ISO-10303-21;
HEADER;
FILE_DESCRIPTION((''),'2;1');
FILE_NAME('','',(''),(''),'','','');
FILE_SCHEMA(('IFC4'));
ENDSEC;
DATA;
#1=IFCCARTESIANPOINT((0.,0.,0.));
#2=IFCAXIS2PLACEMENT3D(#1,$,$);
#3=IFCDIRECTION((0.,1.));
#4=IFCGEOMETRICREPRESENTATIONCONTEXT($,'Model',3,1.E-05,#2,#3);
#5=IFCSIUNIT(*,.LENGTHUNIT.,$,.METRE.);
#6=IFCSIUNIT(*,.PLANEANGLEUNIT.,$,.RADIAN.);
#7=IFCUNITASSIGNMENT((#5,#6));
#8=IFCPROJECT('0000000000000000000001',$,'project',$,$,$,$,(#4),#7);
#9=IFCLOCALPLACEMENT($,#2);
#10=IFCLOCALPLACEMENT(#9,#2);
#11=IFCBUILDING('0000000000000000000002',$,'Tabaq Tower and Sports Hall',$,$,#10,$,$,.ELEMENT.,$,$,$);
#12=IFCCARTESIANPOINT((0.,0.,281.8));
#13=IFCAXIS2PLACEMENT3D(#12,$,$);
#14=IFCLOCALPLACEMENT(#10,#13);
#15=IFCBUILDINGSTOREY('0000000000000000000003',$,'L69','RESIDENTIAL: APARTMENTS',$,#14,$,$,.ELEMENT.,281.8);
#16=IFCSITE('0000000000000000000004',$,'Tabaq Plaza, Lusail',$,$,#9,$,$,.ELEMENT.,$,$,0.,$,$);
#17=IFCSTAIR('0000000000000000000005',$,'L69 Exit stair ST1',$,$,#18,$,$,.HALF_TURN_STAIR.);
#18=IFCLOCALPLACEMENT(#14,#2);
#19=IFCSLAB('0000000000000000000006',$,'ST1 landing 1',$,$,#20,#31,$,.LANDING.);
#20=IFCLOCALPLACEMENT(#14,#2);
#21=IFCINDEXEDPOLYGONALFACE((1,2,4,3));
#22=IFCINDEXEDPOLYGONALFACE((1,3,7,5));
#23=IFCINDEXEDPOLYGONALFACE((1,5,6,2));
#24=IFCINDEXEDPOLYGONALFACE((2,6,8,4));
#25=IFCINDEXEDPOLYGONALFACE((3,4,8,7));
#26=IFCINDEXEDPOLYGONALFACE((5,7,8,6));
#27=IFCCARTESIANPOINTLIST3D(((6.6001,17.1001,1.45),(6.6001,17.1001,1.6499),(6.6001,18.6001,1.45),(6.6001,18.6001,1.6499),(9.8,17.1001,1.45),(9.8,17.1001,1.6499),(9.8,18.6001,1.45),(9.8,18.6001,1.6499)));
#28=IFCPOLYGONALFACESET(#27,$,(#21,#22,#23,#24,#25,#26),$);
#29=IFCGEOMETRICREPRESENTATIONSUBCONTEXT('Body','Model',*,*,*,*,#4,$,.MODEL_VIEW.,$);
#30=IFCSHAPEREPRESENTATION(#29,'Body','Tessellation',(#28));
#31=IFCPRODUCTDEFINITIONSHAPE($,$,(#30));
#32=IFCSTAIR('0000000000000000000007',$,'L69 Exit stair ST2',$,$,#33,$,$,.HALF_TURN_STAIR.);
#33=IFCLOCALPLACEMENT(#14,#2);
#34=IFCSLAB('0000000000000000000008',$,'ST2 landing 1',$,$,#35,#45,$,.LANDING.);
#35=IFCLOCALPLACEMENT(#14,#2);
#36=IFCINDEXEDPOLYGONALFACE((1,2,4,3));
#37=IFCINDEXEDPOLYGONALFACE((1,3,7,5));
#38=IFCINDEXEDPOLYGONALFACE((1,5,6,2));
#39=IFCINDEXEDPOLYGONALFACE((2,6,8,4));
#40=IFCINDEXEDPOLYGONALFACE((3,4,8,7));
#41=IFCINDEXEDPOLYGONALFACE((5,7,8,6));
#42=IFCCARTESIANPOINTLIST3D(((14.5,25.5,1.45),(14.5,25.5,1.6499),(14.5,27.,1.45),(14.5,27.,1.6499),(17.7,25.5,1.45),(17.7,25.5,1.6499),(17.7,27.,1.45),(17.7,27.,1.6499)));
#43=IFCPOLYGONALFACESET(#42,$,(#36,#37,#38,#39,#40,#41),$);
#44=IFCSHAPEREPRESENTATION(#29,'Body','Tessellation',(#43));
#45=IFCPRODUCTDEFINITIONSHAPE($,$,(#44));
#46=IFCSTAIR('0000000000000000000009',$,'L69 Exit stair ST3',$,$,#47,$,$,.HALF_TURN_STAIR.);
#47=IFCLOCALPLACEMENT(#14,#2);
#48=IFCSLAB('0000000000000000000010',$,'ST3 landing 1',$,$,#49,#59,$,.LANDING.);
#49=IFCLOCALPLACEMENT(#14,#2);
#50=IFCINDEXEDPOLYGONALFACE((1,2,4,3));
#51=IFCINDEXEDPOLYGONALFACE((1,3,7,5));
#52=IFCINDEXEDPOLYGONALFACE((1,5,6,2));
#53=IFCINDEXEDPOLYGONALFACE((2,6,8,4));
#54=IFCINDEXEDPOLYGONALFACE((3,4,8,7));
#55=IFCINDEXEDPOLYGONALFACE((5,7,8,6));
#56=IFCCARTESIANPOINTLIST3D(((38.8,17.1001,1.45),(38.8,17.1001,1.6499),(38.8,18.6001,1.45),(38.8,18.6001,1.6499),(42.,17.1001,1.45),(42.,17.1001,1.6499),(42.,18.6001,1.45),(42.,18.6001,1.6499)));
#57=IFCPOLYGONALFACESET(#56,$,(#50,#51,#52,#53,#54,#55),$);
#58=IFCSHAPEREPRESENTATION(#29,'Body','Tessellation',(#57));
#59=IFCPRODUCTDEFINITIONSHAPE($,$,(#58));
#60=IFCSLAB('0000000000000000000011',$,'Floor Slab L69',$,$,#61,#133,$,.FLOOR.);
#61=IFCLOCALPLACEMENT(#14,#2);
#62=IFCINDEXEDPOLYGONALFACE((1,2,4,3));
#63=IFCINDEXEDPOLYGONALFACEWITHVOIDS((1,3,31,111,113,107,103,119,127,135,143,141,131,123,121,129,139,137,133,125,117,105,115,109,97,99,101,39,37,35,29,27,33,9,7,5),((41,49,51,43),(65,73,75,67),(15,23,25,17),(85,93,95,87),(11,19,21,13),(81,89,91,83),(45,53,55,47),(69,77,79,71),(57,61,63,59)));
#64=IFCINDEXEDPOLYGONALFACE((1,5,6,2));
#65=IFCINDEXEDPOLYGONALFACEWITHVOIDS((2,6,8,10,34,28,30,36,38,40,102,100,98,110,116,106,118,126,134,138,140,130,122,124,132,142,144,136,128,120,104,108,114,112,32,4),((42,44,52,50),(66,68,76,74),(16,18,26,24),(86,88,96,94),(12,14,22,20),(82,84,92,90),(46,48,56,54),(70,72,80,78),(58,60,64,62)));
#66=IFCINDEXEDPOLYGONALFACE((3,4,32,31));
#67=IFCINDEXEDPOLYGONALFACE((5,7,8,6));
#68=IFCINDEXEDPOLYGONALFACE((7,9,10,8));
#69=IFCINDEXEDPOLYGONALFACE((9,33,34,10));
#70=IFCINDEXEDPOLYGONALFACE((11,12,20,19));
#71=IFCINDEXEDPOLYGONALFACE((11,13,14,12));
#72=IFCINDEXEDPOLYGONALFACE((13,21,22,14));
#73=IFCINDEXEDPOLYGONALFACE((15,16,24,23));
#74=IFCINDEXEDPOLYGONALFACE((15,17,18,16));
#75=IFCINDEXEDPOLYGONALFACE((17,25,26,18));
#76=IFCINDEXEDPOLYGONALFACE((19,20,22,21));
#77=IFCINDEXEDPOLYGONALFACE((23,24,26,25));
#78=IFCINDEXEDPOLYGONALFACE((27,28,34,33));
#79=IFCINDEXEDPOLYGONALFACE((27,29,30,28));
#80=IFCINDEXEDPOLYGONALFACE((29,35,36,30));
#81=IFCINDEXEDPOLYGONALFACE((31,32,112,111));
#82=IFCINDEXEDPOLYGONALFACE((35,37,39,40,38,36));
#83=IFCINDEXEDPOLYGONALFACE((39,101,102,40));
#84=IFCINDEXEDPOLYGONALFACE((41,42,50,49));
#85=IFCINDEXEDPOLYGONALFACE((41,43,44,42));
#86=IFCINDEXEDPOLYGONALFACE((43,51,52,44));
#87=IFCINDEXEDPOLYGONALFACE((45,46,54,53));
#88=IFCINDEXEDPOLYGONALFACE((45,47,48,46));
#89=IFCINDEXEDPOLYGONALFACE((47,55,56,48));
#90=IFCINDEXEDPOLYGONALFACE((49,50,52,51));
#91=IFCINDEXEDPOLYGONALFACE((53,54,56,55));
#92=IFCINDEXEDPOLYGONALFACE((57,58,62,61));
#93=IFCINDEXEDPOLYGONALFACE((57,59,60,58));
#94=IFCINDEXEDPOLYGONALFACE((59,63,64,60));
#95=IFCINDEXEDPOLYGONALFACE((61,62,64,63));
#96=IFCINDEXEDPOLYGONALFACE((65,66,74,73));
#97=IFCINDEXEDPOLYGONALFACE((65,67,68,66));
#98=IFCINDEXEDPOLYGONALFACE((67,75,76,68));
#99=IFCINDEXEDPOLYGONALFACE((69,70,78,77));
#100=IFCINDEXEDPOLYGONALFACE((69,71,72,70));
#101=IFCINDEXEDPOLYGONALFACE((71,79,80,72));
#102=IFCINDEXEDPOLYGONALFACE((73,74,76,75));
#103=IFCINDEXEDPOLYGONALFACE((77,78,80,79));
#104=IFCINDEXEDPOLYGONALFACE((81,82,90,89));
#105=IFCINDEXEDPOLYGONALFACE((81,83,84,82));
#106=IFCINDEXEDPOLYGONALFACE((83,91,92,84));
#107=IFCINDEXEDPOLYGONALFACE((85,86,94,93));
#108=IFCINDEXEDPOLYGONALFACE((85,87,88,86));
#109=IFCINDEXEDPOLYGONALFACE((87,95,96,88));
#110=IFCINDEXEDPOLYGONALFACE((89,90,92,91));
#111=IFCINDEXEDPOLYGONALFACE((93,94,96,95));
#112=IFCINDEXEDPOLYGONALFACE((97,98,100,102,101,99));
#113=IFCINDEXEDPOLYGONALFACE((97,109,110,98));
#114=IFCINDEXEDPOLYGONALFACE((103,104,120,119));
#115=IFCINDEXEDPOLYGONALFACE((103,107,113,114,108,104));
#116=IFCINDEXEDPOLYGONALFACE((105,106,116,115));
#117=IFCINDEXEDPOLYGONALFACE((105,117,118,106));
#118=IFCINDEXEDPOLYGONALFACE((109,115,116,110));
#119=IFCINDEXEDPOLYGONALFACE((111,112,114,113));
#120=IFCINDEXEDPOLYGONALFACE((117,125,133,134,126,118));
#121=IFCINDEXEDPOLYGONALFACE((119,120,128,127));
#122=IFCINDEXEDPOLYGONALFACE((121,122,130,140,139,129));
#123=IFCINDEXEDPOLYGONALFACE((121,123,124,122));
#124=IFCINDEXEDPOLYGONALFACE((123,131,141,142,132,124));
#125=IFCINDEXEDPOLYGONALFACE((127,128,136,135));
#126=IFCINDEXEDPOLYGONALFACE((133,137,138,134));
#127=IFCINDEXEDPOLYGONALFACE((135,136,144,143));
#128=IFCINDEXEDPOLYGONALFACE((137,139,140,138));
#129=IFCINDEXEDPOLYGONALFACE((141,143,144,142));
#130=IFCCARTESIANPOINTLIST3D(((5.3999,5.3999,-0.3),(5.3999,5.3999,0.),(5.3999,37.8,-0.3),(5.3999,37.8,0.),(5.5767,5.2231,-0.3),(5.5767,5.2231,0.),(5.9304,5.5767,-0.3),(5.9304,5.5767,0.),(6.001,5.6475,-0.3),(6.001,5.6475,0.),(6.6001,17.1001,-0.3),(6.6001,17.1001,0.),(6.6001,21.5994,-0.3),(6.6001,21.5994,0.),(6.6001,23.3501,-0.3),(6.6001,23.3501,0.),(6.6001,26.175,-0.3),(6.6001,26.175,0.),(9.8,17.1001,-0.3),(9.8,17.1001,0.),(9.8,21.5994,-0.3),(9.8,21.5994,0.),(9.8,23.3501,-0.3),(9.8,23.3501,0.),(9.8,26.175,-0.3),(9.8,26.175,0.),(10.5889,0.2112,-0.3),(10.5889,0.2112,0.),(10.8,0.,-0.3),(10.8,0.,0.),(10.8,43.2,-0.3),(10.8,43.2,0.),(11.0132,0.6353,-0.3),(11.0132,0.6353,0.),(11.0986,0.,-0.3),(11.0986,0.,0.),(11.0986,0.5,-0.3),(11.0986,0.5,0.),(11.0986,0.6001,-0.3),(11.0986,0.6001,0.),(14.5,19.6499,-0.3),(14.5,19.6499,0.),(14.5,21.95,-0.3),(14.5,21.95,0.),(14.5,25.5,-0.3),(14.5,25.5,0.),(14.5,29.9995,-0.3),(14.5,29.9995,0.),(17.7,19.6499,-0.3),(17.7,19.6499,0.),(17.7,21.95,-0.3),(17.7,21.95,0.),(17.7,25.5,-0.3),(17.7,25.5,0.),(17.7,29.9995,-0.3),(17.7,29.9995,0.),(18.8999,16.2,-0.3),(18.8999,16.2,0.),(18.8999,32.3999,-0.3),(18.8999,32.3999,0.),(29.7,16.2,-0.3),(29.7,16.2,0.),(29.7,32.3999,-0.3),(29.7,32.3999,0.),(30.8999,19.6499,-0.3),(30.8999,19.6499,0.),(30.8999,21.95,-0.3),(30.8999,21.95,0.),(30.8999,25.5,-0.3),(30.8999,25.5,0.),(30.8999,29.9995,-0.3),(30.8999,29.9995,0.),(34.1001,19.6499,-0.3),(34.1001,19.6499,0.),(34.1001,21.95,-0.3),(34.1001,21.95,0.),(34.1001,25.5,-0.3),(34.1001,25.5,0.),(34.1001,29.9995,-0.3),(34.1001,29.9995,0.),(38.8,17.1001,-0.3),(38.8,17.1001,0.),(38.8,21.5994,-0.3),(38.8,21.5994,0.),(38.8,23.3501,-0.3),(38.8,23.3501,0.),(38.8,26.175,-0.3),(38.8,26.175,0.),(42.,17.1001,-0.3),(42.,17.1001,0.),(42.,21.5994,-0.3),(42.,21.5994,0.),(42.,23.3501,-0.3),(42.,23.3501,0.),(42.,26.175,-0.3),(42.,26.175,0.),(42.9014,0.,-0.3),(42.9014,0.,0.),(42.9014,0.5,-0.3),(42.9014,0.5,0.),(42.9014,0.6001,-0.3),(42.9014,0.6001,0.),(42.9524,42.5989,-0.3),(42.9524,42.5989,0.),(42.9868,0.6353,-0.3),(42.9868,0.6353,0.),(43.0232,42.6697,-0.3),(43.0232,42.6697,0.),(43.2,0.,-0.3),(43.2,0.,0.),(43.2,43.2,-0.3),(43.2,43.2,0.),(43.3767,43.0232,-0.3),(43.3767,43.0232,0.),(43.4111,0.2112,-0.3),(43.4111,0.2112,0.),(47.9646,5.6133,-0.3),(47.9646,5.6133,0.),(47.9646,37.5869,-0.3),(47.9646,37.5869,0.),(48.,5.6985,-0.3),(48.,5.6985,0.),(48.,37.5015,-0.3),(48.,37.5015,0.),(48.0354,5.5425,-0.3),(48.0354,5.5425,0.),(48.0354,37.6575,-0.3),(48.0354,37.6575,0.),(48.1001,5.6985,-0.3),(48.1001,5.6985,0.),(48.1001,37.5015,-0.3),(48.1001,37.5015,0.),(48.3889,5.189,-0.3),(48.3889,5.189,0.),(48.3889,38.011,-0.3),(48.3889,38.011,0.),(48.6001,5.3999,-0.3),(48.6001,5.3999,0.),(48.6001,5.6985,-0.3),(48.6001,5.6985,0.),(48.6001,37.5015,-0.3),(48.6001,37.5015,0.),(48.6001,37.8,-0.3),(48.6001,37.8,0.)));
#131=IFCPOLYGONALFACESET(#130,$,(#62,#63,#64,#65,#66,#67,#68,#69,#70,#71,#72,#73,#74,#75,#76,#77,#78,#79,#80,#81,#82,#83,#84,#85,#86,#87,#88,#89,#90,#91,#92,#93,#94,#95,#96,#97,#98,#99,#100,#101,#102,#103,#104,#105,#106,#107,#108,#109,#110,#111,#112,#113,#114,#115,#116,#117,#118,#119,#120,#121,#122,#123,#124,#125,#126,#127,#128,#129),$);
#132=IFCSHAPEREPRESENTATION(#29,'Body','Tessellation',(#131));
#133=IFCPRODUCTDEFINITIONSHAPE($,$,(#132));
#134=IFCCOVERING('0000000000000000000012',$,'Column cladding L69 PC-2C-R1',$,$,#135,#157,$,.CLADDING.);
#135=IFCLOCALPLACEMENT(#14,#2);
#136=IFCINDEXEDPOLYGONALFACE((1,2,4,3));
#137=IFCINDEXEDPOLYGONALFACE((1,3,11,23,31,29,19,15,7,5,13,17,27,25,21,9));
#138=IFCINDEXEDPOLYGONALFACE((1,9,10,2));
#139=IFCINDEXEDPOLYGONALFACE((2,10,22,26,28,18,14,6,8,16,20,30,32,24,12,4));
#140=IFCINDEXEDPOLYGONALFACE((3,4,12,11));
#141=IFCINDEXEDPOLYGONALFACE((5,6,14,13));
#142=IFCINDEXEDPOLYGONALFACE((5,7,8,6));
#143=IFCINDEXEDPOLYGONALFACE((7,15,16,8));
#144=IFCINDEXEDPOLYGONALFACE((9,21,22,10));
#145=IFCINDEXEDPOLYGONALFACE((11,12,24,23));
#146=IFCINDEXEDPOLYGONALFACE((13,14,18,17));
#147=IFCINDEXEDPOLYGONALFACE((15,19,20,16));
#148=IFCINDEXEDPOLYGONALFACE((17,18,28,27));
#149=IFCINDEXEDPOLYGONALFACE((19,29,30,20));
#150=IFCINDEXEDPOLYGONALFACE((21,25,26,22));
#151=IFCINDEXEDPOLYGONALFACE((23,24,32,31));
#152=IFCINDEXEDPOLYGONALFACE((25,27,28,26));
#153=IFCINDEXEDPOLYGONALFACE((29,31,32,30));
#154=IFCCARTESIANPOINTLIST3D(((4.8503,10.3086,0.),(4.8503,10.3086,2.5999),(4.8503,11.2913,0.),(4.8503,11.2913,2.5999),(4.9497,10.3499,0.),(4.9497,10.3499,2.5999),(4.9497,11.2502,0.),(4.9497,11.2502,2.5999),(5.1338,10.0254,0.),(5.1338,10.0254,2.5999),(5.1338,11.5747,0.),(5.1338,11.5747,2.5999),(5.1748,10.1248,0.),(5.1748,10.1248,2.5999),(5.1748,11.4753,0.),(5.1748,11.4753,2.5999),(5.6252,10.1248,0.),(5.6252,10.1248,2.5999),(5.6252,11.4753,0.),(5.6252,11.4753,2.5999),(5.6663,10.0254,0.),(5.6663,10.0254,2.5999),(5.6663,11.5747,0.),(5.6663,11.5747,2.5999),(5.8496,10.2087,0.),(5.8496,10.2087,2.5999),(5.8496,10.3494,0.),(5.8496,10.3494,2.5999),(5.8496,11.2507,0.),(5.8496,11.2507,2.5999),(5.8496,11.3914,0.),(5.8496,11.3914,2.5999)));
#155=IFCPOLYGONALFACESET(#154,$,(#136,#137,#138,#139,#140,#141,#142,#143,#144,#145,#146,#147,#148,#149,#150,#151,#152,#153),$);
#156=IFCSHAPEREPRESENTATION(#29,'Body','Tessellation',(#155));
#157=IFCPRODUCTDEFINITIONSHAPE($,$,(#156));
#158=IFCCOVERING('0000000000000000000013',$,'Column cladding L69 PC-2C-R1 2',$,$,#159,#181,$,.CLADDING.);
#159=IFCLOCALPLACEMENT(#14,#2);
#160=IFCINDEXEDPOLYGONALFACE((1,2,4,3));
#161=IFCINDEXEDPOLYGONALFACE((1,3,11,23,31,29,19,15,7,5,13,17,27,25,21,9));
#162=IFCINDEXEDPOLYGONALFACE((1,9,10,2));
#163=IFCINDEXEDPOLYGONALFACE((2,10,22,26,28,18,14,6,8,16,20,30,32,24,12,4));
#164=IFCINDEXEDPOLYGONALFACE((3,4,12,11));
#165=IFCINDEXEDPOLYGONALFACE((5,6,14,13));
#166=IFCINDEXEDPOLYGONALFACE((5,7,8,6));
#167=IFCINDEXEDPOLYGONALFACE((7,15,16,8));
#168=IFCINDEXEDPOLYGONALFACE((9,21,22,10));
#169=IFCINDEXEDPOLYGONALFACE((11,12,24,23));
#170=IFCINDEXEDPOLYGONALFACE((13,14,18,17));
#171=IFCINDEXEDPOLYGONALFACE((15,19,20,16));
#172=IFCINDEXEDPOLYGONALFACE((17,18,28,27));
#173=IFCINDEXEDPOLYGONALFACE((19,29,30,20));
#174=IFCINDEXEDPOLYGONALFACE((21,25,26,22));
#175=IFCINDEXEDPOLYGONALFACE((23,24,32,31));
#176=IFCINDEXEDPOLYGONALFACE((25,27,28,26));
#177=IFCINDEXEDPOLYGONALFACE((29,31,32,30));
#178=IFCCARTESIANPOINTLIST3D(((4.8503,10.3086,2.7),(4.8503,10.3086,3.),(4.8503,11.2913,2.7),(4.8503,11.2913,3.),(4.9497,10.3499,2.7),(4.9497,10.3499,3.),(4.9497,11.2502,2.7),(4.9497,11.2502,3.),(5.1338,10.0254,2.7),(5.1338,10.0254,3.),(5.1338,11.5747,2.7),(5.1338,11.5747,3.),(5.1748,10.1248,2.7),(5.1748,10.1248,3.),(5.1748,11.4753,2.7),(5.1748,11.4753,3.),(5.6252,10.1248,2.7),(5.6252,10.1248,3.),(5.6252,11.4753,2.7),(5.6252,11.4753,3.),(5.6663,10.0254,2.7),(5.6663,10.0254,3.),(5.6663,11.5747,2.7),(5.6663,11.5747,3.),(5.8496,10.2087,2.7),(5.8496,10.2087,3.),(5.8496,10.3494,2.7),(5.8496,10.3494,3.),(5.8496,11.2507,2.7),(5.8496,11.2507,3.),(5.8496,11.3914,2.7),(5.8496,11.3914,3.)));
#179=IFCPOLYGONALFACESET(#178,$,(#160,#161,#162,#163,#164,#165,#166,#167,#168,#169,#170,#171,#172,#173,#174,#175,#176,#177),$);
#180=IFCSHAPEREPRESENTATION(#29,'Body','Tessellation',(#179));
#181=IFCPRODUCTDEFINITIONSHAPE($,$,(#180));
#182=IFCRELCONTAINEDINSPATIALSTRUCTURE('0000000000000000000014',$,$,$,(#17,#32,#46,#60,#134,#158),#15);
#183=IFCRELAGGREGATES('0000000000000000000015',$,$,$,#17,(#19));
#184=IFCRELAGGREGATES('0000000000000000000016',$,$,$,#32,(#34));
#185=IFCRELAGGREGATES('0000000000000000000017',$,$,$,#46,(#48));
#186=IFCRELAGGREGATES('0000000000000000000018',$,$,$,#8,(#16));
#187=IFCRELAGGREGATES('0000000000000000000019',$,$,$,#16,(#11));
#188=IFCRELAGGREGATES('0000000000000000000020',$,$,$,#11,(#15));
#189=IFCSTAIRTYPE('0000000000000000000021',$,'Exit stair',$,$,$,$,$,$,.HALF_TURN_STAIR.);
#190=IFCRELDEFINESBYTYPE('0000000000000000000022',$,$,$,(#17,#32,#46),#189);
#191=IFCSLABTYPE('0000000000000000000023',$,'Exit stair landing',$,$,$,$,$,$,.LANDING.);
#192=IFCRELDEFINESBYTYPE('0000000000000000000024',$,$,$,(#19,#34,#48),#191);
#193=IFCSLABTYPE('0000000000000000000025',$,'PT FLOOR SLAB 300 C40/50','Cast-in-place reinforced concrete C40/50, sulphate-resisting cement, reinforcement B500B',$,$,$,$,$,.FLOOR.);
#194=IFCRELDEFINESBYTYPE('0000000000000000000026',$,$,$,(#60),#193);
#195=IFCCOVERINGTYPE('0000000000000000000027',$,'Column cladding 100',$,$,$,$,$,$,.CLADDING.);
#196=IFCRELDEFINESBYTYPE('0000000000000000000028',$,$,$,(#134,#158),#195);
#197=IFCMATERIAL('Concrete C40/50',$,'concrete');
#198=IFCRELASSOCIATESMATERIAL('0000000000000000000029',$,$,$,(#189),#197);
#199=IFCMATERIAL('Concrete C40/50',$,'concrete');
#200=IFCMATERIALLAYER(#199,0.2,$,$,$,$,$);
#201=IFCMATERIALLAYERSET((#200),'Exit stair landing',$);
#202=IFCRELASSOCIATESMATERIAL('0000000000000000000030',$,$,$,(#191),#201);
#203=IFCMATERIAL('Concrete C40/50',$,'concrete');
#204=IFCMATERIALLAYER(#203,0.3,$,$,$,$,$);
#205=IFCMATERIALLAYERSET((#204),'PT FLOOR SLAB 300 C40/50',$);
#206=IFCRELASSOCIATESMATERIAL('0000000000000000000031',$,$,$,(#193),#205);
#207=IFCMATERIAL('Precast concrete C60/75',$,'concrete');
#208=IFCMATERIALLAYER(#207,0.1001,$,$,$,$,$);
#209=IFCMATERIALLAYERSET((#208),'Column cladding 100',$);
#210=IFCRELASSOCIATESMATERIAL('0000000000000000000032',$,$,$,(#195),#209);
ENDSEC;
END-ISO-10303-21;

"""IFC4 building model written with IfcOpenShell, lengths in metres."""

from ifc_helpers import new_model, si_unit, direction, frame, origin, place, context, subcontext, project, spatial, polyline, outline, extrude, material, layer, layer_set, type_object, element, aggregate, save


model = new_model("IFC4")

# Units and contexts
model_context = context("Model", 3, precision=1e-05, world=origin(), true_north=direction((0.0, 1.0)))
body_context = subcontext(model_context, "Body", "Model", "MODEL_VIEW")
ifc_project = project(units=[si_unit("LENGTHUNIT", "METRE"), si_unit("PLANEANGLEUNIT", "RADIAN")], contexts=[model_context])

# Site, building, storey
site_placement = place(None, origin())
site = spatial("IfcSite", under=ifc_project, at=site_placement, Name="Tabaq Plaza, Lusail", CompositionType="ELEMENT", RefElevation=0.0)
building_placement = place(site_placement, origin())
building = spatial("IfcBuilding", under=site, at=building_placement, Name="Tabaq Tower and Sports Hall", CompositionType="ELEMENT")
storey_placement = place(building_placement, frame((0.0, 0.0, 281.8)))
storey = spatial("IfcBuildingStorey", under=building, at=storey_placement, Name="L69", Description="RESIDENTIAL: APARTMENTS", CompositionType="ELEMENT", Elevation=281.8)

# Stairs, slabs
ifc_material_1 = material(Name="Concrete C40/50", Category="concrete")
stair_type = type_object("IfcStairType", Name="Exit stair", PredefinedType="HALF_TURN_STAIR", material=ifc_material_1)
stair_1_placement = place(storey_placement, origin())
stair_1 = element("IfcStair", 1, at=stair_1_placement, inside=storey, type_object=stair_type, Name="L69 Exit stair ST1", PredefinedType="HALF_TURN_STAIR")
ifc_material_2 = material(Name="Concrete C40/50", Category="concrete")
ifc_layer_1 = layer(ifc_material_2, 0.2)
ifc_layer_set_1 = layer_set([ifc_layer_1], Name="Exit stair landing")
slab_type_1 = type_object("IfcSlabType", Name="Exit stair landing", PredefinedType="LANDING", material=ifc_layer_set_1)
slab_1_placement = place(storey_placement, frame((0.0, 0.0, 1.45)))
slab_1 = element("IfcSlab", 2, at=slab_1_placement, type_object=slab_type_1, Name="ST1 landing 1", PredefinedType="LANDING", context=body_context, shape_type="SweptSolid", body=[
    extrude(outline(polyline([(6.6001, 18.6001), (6.6001, 17.1001), (9.8, 17.1001), (9.8, 18.6001), (6.6001, 18.6001)])), origin(), (0.0, 0.0, 1.0), 0.2),
])
aggregate(stair_1, [slab_1])
stair_2_placement = place(storey_placement, origin())
stair_2 = element("IfcStair", 3, at=stair_2_placement, inside=storey, type_object=stair_type, Name="L69 Exit stair ST2", PredefinedType="HALF_TURN_STAIR")
slab_2_placement = place(storey_placement, frame((0.0, 0.0, 1.45)))
slab_2 = element("IfcSlab", 4, at=slab_2_placement, type_object=slab_type_1, Name="ST2 landing 1", PredefinedType="LANDING", context=body_context, shape_type="SweptSolid", body=[
    extrude(outline(polyline([(14.5, 27.0), (14.5, 25.5), (17.7, 25.5), (17.7, 27.0), (14.5, 27.0)])), origin(), (0.0, 0.0, 1.0), 0.2),
])
aggregate(stair_2, [slab_2])
stair_3_placement = place(storey_placement, origin())
stair_3 = element("IfcStair", 5, at=stair_3_placement, inside=storey, type_object=stair_type, Name="L69 Exit stair ST3", PredefinedType="HALF_TURN_STAIR")
slab_3_placement = place(storey_placement, frame((0.0, 0.0, 1.45)))
slab_3 = element("IfcSlab", 6, at=slab_3_placement, type_object=slab_type_1, Name="ST3 landing 1", PredefinedType="LANDING", context=body_context, shape_type="SweptSolid", body=[
    extrude(outline(polyline([(38.8, 18.6001), (38.8, 17.1001), (42.0, 17.1001), (42.0, 18.6001), (38.8, 18.6001)])), origin(), (0.0, 0.0, 1.0), 0.2),
])
aggregate(stair_3, [slab_3])

# Slab
ifc_material_3 = material(Name="Concrete C40/50", Category="concrete")
ifc_layer_2 = layer(ifc_material_3, 0.3)
ifc_layer_set_2 = layer_set([ifc_layer_2], Name="PT FLOOR SLAB 300 C40/50")
slab_type_2 = type_object("IfcSlabType", Name="PT FLOOR SLAB 300 C40/50", Description="Cast-in-place reinforced concrete C40/50, sulphate-resisting cement, reinforcement B500B", PredefinedType="FLOOR", material=ifc_layer_set_2)
slab_4_placement = place(storey_placement, frame((0.0, 0.0, -0.3)))
element("IfcSlab", 7, at=slab_4_placement, inside=storey, type_object=slab_type_2, Name="Floor Slab L69", PredefinedType="FLOOR", context=body_context, shape_type="SweptSolid", body=[
    extrude(outline(polyline([(5.3999, 37.8), (5.3999, 5.3999), (5.5767, 5.2231), (5.9304, 5.5767), (6.001, 5.6475), (11.0132, 0.6353), (10.5889, 0.2112), (10.8, 0.0), (11.0986, 0.0), (11.0986, 0.5), (11.0986, 0.6001), (42.9014, 0.6001), (42.9014, 0.5), (42.9014, 0.0), (43.2, 0.0), (43.4111, 0.2112), (42.9868, 0.6353), (47.9646, 5.6133), (48.0354, 5.5425), (48.3889, 5.189), (48.6001, 5.3999), (48.6001, 5.6985), (48.1001, 5.6985), (48.0, 5.6985), (48.0, 37.5015), (48.1001, 37.5015), (48.6001, 37.5015), (48.6001, 37.8), (48.3889, 38.011), (48.0354, 37.6575), (47.9646, 37.5869), (42.9524, 42.5989), (43.0232, 42.6697), (43.3767, 43.0232), (43.2, 43.2), (10.8, 43.2), (5.3999, 37.8)]), holes=[polyline([(6.6001, 21.5994), (9.8, 21.5994), (9.8, 17.1001), (6.6001, 17.1001), (6.6001, 21.5994)]), polyline([(38.8, 21.5994), (42.0, 21.5994), (42.0, 17.1001), (38.8, 17.1001), (38.8, 21.5994)]), polyline([(14.5, 21.95), (17.7, 21.95), (17.7, 19.6499), (14.5, 19.6499), (14.5, 21.95)]), polyline([(30.8999, 21.95), (34.1001, 21.95), (34.1001, 19.6499), (30.8999, 19.6499), (30.8999, 21.95)]), polyline([(18.8999, 16.2), (18.8999, 32.3999), (29.7, 32.3999), (29.7, 16.2), (18.8999, 16.2)]), polyline([(6.6001, 26.175), (9.8, 26.175), (9.8, 23.3501), (6.6001, 23.3501), (6.6001, 26.175)]), polyline([(38.8, 26.175), (42.0, 26.175), (42.0, 23.3501), (38.8, 23.3501), (38.8, 26.175)]), polyline([(17.7, 29.9995), (17.7, 25.5), (14.5, 25.5), (14.5, 29.9995), (17.7, 29.9995)]), polyline([(34.1001, 29.9995), (34.1001, 25.5), (30.8999, 25.5), (30.8999, 29.9995), (34.1001, 29.9995)])]), origin(), (0.0, 0.0, 1.0), 0.3),
])

# Coverings
ifc_material_4 = material(Name="Precast concrete C60/75", Category="concrete")
ifc_layer_3 = layer(ifc_material_4, 0.1001)
ifc_layer_set_3 = layer_set([ifc_layer_3], Name="Column cladding 100")
covering_type_1 = type_object("IfcCoveringType", Name="Column cladding 100", PredefinedType="CLADDING", material=ifc_layer_set_3)
covering_1_placement = place(storey_placement, origin())
element("IfcCovering", 8, at=covering_1_placement, inside=storey, type_object=covering_type_1, Name="Column cladding L69 PC-2C-R1", PredefinedType="CLADDING", context=body_context, shape_type="SweptSolid", body=[
    extrude(outline(polyline([(5.1338, 10.0254), (4.8503, 10.3086), (4.8503, 11.2913), (5.1338, 11.5747), (5.6663, 11.5747), (5.8496, 11.3914), (5.8496, 11.2507), (5.6252, 11.4753), (5.1748, 11.4753), (4.9497, 11.2502), (4.9497, 10.3499), (5.1748, 10.1248), (5.6252, 10.1248), (5.8496, 10.3494), (5.8496, 10.2087), (5.6663, 10.0254), (5.1338, 10.0254)])), origin(), (0.0, 0.0, 1.0), 2.5999),
])
covering_2_placement = place(storey_placement, frame((0.0, 0.0, 2.7)))
element("IfcCovering", 9, at=covering_2_placement, inside=storey, type_object=covering_type_1, Name="Column cladding L69 PC-2C-R1 2", PredefinedType="CLADDING", context=body_context, shape_type="SweptSolid", body=[
    extrude(outline(polyline([(5.1338, 10.0254), (4.8503, 10.3086), (4.8503, 11.2913), (5.1338, 11.5747), (5.6663, 11.5747), (5.8496, 11.3914), (5.8496, 11.2507), (5.6252, 11.4753), (5.1748, 11.4753), (4.9497, 11.2502), (4.9497, 10.3499), (5.1748, 10.1248), (5.6252, 10.1248), (5.8496, 10.3494), (5.8496, 10.2087), (5.6663, 10.0254), (5.1338, 10.0254)])), origin(), (0.0, 0.0, 1.0), 0.3),
])

save(model, "model.ifc")
